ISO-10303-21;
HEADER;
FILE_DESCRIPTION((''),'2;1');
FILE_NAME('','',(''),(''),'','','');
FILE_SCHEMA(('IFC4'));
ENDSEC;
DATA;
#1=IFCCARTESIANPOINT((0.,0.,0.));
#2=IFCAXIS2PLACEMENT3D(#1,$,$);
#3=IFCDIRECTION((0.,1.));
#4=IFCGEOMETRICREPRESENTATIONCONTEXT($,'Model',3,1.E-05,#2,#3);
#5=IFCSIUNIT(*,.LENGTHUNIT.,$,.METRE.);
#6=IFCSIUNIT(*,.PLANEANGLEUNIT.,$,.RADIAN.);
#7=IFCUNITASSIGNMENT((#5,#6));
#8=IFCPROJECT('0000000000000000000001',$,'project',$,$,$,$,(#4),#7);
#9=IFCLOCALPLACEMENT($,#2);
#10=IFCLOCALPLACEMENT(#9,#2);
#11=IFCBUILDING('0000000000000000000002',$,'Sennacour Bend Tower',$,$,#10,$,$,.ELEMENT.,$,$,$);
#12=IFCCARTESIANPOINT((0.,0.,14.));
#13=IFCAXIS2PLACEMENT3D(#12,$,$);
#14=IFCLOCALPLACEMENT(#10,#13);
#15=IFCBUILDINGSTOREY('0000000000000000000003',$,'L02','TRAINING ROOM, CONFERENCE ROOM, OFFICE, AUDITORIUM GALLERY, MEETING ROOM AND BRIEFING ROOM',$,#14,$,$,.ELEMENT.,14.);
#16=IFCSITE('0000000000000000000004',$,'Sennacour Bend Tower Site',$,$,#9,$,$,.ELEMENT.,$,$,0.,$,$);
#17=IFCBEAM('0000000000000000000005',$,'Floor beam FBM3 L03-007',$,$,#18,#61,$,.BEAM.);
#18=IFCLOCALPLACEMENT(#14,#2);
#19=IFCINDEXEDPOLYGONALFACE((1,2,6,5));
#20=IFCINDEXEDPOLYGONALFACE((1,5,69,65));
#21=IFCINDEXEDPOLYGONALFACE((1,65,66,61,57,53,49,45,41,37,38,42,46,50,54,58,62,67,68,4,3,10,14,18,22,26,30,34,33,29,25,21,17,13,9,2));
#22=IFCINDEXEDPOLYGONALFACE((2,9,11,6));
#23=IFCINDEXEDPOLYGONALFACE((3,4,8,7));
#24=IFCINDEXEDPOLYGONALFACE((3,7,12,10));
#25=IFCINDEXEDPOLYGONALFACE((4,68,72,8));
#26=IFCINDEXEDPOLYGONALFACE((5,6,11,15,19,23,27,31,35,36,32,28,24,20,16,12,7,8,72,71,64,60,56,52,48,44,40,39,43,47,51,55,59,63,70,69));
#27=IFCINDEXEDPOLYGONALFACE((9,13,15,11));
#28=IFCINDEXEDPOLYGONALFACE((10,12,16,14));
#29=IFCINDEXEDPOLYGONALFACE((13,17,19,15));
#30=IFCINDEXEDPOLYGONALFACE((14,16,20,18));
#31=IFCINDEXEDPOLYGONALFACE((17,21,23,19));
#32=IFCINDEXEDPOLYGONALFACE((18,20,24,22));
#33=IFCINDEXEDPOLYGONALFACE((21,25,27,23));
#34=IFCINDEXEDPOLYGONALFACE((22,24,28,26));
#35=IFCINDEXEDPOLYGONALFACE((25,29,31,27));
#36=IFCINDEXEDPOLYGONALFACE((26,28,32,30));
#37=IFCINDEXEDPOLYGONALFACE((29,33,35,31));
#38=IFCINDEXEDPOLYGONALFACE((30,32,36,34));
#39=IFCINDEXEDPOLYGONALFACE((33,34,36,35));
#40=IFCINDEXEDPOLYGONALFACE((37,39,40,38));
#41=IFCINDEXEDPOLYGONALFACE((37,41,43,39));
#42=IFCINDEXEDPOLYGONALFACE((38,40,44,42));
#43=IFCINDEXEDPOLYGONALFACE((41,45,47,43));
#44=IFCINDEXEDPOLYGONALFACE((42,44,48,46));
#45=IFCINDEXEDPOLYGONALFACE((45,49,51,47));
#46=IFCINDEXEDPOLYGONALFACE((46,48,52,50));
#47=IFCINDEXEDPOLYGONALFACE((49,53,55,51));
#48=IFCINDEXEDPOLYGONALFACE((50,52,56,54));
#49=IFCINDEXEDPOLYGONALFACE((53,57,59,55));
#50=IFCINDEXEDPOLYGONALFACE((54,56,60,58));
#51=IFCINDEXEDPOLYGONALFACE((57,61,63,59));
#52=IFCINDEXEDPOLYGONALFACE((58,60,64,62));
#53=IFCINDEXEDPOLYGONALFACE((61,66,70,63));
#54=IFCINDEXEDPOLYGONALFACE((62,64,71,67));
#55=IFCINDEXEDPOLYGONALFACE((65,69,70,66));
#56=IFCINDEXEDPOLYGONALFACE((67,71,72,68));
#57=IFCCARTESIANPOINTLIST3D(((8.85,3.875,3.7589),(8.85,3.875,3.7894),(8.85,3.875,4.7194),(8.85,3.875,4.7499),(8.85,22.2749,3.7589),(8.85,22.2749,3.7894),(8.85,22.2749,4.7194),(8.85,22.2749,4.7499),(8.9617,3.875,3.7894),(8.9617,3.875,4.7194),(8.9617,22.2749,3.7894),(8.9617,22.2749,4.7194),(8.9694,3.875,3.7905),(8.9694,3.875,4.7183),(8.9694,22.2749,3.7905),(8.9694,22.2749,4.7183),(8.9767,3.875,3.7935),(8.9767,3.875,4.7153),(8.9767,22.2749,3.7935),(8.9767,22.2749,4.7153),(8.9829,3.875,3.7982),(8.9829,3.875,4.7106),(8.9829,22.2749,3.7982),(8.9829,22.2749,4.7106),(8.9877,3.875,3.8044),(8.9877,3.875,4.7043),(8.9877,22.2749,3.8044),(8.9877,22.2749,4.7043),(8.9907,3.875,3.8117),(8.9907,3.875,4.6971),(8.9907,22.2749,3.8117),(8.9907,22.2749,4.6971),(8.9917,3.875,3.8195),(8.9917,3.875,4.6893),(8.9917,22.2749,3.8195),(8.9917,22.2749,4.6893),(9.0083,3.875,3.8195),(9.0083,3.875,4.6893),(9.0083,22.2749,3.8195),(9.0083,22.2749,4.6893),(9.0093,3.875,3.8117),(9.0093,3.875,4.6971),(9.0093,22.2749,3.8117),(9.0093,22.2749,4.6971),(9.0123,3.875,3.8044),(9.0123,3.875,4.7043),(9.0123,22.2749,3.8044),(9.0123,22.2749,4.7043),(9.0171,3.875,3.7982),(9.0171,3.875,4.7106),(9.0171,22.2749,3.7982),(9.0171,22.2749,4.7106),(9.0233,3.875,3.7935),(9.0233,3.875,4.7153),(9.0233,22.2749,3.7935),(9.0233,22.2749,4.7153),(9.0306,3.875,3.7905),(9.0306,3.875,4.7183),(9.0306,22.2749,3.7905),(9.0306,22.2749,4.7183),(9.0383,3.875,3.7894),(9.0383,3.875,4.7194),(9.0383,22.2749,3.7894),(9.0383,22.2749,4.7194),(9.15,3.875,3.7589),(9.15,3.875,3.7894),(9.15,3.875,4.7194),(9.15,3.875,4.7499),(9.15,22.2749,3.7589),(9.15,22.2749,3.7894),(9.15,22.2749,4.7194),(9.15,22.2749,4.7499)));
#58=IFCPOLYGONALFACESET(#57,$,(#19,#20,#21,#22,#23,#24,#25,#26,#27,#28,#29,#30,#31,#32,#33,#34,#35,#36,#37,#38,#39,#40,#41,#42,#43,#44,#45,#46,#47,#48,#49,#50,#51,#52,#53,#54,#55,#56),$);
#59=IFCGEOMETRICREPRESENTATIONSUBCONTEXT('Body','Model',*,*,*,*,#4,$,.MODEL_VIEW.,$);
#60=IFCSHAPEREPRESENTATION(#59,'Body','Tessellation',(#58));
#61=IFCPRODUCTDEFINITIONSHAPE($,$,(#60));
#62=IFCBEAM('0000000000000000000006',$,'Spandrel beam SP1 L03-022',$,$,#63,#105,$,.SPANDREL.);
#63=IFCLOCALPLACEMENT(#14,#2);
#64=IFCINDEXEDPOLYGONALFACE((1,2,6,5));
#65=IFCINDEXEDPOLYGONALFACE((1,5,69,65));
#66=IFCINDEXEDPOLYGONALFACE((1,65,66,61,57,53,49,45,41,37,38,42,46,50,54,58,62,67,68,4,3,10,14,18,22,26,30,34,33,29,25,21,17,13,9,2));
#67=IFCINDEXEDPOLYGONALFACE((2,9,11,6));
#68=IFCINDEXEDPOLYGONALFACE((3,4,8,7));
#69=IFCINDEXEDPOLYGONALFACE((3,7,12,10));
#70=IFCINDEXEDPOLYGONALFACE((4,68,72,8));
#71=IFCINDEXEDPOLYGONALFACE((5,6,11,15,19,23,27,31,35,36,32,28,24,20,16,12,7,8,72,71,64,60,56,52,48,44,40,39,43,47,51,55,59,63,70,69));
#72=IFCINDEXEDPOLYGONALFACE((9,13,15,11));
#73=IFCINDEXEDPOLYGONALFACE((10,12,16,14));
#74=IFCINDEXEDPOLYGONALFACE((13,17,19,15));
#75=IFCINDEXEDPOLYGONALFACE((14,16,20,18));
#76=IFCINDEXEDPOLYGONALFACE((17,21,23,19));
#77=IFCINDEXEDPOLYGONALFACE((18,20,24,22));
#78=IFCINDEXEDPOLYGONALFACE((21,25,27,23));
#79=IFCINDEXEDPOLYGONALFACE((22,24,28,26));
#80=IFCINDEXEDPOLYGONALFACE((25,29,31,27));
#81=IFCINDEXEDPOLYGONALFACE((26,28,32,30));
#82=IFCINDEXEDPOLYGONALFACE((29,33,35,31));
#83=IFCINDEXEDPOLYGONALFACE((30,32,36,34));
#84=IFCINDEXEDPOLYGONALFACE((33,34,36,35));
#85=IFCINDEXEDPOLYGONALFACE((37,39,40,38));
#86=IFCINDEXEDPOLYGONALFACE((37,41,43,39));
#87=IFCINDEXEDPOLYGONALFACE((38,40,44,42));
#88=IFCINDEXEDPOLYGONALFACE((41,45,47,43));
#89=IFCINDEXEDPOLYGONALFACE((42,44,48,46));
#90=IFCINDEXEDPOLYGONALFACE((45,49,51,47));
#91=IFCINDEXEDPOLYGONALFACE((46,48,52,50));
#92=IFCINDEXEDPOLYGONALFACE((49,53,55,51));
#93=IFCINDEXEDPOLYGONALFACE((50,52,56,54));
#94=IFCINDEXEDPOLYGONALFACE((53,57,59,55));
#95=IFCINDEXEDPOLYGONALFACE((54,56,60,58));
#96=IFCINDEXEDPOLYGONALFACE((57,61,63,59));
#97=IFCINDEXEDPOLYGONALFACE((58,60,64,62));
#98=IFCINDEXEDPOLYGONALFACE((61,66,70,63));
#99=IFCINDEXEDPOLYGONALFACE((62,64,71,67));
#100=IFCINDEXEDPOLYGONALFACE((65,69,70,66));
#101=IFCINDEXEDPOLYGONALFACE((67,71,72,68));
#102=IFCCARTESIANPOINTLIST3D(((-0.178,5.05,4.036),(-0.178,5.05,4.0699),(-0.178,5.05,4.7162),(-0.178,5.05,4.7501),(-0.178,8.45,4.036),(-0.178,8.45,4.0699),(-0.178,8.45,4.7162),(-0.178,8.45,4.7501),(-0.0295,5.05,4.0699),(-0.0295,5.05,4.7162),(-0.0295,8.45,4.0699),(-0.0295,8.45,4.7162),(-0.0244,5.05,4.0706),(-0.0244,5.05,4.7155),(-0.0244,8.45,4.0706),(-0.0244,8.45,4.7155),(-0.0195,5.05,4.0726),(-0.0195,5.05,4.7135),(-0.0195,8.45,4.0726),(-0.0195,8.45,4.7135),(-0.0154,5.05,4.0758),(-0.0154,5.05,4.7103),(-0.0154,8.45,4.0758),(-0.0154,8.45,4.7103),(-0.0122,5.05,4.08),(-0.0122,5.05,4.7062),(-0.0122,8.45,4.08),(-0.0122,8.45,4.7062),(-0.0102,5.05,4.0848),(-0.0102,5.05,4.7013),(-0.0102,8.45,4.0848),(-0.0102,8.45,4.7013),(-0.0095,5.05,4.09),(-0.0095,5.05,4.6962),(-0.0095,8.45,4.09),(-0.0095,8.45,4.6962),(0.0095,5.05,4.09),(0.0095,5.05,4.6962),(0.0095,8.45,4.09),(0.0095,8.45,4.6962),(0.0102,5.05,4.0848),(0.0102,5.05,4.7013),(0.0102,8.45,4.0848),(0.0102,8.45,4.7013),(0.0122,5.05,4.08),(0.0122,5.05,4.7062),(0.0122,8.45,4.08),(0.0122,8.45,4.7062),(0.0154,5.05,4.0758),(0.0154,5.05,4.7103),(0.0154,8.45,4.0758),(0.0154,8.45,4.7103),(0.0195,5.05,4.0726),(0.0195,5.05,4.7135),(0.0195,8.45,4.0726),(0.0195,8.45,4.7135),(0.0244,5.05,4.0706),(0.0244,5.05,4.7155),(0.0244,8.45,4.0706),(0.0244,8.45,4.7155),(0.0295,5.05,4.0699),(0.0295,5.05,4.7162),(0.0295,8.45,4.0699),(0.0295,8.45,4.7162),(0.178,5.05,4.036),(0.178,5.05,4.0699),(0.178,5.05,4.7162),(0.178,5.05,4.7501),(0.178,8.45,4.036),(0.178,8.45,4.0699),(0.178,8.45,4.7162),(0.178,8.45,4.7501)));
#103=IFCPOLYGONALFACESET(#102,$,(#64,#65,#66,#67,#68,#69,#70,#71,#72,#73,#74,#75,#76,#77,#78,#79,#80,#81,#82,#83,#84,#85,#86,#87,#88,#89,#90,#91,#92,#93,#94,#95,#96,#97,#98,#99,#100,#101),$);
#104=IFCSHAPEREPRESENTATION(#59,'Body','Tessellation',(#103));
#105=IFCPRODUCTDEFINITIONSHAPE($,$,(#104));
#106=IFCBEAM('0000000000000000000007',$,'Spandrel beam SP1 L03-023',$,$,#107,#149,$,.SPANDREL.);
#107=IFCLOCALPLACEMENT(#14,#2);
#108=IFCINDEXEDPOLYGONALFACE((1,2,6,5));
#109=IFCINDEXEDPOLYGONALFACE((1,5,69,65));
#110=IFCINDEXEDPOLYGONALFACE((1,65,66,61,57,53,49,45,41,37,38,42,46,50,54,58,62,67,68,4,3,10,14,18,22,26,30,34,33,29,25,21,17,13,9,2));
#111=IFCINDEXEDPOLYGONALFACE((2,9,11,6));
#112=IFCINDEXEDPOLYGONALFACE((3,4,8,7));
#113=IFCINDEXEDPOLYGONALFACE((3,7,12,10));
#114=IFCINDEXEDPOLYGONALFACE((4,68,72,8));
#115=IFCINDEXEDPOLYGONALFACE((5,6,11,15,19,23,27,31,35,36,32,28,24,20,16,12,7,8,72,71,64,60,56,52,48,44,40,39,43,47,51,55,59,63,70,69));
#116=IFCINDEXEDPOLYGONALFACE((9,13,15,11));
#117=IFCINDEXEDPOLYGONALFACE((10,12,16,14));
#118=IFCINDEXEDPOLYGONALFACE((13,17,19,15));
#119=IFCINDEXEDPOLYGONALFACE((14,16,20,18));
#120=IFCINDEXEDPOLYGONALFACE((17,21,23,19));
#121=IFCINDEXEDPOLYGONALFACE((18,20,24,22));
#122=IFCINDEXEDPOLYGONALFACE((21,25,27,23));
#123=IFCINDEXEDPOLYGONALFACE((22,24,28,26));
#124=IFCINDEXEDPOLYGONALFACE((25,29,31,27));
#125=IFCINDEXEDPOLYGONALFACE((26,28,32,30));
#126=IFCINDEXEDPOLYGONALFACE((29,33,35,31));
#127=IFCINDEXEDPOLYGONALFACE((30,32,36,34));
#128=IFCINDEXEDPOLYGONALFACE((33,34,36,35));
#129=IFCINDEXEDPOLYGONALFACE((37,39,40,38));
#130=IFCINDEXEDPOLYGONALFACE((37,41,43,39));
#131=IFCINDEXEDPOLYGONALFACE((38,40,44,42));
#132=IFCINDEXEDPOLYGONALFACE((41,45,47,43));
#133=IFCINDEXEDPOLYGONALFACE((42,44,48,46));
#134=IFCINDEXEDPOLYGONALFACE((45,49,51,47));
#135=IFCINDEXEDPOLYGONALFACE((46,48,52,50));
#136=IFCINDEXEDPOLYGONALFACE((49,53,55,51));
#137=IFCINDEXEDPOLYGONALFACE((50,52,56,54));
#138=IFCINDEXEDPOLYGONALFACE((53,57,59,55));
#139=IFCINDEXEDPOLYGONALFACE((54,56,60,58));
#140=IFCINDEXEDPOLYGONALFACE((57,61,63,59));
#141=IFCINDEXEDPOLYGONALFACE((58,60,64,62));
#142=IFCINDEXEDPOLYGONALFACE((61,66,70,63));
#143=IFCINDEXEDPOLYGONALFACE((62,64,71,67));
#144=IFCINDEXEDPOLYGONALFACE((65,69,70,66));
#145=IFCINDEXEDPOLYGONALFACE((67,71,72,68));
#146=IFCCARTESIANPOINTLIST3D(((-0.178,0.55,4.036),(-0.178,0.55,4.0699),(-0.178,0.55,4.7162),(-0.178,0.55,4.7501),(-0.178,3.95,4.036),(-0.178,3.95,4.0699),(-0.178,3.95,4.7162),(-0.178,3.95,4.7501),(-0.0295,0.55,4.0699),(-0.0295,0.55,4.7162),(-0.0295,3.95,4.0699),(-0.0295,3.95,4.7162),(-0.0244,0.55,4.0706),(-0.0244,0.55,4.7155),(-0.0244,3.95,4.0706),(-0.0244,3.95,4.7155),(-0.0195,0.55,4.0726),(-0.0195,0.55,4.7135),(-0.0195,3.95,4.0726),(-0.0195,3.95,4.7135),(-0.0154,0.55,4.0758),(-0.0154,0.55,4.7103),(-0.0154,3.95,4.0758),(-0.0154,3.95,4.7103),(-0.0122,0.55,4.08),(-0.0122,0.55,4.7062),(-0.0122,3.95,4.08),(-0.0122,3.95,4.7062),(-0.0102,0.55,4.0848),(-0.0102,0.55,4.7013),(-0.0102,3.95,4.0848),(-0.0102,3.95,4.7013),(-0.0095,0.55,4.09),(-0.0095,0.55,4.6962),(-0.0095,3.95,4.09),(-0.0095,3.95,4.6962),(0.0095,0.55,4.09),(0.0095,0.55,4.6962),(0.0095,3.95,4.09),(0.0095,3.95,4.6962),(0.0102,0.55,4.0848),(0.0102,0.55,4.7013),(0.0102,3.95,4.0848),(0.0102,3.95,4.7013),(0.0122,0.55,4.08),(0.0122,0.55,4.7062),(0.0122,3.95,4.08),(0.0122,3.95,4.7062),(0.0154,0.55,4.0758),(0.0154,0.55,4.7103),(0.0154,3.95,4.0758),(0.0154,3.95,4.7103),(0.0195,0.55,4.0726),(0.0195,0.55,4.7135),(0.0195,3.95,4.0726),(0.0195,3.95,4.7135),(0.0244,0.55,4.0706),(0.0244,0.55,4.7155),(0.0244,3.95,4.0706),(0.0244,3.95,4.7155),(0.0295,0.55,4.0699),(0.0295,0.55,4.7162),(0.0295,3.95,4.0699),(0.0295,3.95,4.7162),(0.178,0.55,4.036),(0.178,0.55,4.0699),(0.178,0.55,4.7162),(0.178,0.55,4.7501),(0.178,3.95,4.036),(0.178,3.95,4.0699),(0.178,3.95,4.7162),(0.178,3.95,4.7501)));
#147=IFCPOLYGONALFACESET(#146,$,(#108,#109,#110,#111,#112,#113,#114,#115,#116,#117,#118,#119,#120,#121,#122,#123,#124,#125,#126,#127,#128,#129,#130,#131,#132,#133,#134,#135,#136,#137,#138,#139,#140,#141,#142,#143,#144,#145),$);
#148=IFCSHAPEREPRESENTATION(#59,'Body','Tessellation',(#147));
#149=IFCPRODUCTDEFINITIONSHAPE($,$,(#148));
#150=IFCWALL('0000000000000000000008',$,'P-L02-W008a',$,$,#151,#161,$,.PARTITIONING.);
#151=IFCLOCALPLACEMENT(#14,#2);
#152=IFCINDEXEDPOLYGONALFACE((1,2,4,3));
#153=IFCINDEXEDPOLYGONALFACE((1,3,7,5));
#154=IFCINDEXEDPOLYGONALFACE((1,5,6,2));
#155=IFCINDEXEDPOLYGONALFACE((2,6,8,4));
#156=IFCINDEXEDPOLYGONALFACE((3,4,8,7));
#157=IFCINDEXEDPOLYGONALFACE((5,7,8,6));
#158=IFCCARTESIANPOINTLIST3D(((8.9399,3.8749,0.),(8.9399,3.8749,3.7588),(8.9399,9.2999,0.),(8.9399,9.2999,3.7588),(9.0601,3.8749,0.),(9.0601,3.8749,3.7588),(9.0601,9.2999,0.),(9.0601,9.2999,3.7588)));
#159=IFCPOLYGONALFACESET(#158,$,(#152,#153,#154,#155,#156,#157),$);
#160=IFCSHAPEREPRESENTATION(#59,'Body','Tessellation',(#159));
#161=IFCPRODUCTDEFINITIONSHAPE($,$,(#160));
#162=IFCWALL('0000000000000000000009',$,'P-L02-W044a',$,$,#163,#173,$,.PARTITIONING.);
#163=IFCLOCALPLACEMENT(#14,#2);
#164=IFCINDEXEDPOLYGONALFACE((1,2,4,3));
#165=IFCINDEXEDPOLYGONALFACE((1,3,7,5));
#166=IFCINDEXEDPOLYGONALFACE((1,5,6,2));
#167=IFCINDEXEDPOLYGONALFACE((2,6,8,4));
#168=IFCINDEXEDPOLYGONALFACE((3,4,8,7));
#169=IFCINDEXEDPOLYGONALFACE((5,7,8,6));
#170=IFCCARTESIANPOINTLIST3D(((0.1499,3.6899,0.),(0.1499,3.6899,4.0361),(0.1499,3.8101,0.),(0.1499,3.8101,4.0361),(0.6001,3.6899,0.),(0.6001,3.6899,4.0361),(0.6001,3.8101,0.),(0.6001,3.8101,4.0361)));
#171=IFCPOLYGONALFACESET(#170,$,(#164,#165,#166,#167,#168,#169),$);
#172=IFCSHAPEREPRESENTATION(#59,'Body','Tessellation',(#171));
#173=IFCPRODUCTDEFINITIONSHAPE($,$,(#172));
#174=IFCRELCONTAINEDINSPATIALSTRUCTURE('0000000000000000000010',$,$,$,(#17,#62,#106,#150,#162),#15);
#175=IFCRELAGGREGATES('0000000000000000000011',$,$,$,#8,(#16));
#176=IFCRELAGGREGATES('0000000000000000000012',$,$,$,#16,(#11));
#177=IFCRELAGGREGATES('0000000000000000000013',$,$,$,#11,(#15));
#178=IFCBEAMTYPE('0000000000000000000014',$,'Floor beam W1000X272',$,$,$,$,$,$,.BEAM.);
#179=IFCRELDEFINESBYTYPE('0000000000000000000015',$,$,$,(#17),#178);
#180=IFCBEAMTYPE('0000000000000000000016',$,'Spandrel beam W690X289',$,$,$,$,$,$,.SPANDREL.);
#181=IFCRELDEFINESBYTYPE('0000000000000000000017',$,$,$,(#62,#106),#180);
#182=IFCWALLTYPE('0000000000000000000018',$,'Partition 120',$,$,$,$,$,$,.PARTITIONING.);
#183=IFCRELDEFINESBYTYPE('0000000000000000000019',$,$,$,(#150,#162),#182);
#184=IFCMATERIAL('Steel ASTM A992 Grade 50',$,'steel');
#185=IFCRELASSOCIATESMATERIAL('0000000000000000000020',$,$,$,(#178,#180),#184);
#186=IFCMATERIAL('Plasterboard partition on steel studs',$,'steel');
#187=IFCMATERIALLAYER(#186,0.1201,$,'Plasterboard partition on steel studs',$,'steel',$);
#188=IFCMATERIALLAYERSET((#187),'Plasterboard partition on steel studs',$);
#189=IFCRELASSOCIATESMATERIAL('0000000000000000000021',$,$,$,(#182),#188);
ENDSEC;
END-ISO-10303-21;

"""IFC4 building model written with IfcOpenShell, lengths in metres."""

from ifc_helpers import new_model, si_unit, direction, frame, frame_2d, origin, origin_2d, place, context, subcontext, project, spatial, rectangle, i_section, extrude, material, layer, layer_set, material_profile, profile_set, type_object, element, save


model = new_model("IFC4")

# Units and contexts
model_context = context("Model", 3, precision=1e-05, world=origin(), true_north=direction((0.0, 1.0)))
body_context = subcontext(model_context, "Body", "Model", "MODEL_VIEW")
ifc_project = project(units=[si_unit("LENGTHUNIT", "METRE"), si_unit("PLANEANGLEUNIT", "RADIAN")], contexts=[model_context])

# Site, building, storey
site_placement = place(None, origin())
site = spatial("IfcSite", under=ifc_project, at=site_placement, Name="Sennacour Bend Tower Site", CompositionType="ELEMENT", RefElevation=0.0)
building_placement = place(site_placement, origin())
building = spatial("IfcBuilding", under=site, at=building_placement, Name="Sennacour Bend Tower", CompositionType="ELEMENT")
storey_placement = place(building_placement, frame((0.0, 0.0, 14.0)))
storey = spatial("IfcBuildingStorey", under=building, at=storey_placement, Name="L02", Description="TRAINING ROOM, CONFERENCE ROOM, OFFICE, AUDITORIUM GALLERY, MEETING ROOM AND BRIEFING ROOM", CompositionType="ELEMENT", Elevation=14.0)

# Beams
ifc_material_1 = material(Name="Steel ASTM A992 Grade 50", Category="steel")
ifc_material_profile_1 = material_profile(ifc_material_1, i_section(OverallWidth=0.3, OverallDepth=0.991, WebThickness=0.0166, FlangeThickness=0.0305, FilletRadius=0.03, at=origin_2d()), Name="Steel ASTM A992 Grade 50", Category="steel")
ifc_profile_set_1 = profile_set([ifc_material_profile_1], Name="Steel ASTM A992 Grade 50")
beam_type_1 = type_object("IfcBeamType", Name="Floor beam W1000X272", PredefinedType="BEAM", material=ifc_profile_set_1)
for number, where, z_axis, x_axis, name in (
    (1, (9.0, 3.875, 4.2544), (0.0, 1.0, 0.0), (-1.0, 0.0, 0.0), "Floor beam FBM3 L03-007"),
):
    element("IfcBeam", number, at=place(storey_placement, frame(where, z_axis=z_axis, x_axis=x_axis)), inside=storey, type_object=beam_type_1, Name=name, PredefinedType="BEAM", context=body_context, shape_type="SweptSolid", body=[
        extrude(i_section(OverallWidth=0.3, OverallDepth=0.991, WebThickness=0.0166, FlangeThickness=0.0305, FilletRadius=0.03, at=origin_2d()), origin(), (0.0, 0.0, 1.0), 18.3999),
    ])
ifc_material_profile_2 = material_profile(ifc_material_1, i_section(OverallWidth=0.356, OverallDepth=0.7141, WebThickness=0.019, FlangeThickness=0.0339, FilletRadius=0.02, at=origin_2d()), Name="Steel ASTM A992 Grade 50", Category="steel")
ifc_profile_set_2 = profile_set([ifc_material_profile_2], Name="Steel ASTM A992 Grade 50")
beam_type_2 = type_object("IfcBeamType", Name="Spandrel beam W690X289", PredefinedType="SPANDREL", material=ifc_profile_set_2)
for number, where, z_axis, x_axis, name in (
    (2, (0.0, 8.45, 4.3931), (0.0, -1.0, 0.0), (1.0, 0.0, 0.0), "Spandrel beam SP1 L03-022"),
    (3, (0.0, 3.95, 4.3931), (0.0, -1.0, 0.0), (1.0, 0.0, 0.0), "Spandrel beam SP1 L03-023"),
):
    element("IfcBeam", number, at=place(storey_placement, frame(where, z_axis=z_axis, x_axis=x_axis)), inside=storey, type_object=beam_type_2, Name=name, PredefinedType="SPANDREL", context=body_context, shape_type="SweptSolid", body=[
        extrude(i_section(OverallWidth=0.356, OverallDepth=0.7141, WebThickness=0.019, FlangeThickness=0.0339, FilletRadius=0.02, at=origin_2d()), origin(), (0.0, 0.0, 1.0), 3.3999),
    ])

# Walls
ifc_material_2 = material(Name="Plasterboard partition on steel studs", Category="steel")
ifc_layer_1 = layer(ifc_material_2, 0.1201, Name="Plasterboard partition on steel studs", Category="steel")
ifc_layer_set_1 = layer_set([ifc_layer_1], Name="Plasterboard partition on steel studs")
wall_type_1 = type_object("IfcWallType", Name="Partition 120", PredefinedType="PARTITIONING", material=ifc_layer_set_1)
wall_1_placement = place(storey_placement, frame((9.0, 3.875, 0.0), z_axis=(0.0, 0.0, 1.0), x_axis=(0.0, 1.0, 0.0)))
element("IfcWall", 4, at=wall_1_placement, inside=storey, type_object=wall_type_1, Name="P-L02-W008a", PredefinedType="PARTITIONING", context=body_context, shape_type="SweptSolid", body=[
    extrude(rectangle(XDim=5.425, YDim=0.1201, at=frame_2d((2.7124, 0.0))), origin(), (0.0, 0.0, 1.0), 3.7588),
])
wall_2_placement = place(storey_placement, frame((0.1499, 3.75, 0.0), z_axis=(0.0, 0.0, 1.0), x_axis=(1.0, 0.0, 0.0)))
element("IfcWall", 5, at=wall_2_placement, inside=storey, type_object=wall_type_1, Name="P-L02-W044a", PredefinedType="PARTITIONING", context=body_context, shape_type="SweptSolid", body=[
    extrude(rectangle(XDim=0.4502, YDim=0.1201, at=frame_2d((0.2251, 0.0))), origin(), (0.0, 0.0, 1.0), 4.0361),
])

save(model, "model.ifc")
